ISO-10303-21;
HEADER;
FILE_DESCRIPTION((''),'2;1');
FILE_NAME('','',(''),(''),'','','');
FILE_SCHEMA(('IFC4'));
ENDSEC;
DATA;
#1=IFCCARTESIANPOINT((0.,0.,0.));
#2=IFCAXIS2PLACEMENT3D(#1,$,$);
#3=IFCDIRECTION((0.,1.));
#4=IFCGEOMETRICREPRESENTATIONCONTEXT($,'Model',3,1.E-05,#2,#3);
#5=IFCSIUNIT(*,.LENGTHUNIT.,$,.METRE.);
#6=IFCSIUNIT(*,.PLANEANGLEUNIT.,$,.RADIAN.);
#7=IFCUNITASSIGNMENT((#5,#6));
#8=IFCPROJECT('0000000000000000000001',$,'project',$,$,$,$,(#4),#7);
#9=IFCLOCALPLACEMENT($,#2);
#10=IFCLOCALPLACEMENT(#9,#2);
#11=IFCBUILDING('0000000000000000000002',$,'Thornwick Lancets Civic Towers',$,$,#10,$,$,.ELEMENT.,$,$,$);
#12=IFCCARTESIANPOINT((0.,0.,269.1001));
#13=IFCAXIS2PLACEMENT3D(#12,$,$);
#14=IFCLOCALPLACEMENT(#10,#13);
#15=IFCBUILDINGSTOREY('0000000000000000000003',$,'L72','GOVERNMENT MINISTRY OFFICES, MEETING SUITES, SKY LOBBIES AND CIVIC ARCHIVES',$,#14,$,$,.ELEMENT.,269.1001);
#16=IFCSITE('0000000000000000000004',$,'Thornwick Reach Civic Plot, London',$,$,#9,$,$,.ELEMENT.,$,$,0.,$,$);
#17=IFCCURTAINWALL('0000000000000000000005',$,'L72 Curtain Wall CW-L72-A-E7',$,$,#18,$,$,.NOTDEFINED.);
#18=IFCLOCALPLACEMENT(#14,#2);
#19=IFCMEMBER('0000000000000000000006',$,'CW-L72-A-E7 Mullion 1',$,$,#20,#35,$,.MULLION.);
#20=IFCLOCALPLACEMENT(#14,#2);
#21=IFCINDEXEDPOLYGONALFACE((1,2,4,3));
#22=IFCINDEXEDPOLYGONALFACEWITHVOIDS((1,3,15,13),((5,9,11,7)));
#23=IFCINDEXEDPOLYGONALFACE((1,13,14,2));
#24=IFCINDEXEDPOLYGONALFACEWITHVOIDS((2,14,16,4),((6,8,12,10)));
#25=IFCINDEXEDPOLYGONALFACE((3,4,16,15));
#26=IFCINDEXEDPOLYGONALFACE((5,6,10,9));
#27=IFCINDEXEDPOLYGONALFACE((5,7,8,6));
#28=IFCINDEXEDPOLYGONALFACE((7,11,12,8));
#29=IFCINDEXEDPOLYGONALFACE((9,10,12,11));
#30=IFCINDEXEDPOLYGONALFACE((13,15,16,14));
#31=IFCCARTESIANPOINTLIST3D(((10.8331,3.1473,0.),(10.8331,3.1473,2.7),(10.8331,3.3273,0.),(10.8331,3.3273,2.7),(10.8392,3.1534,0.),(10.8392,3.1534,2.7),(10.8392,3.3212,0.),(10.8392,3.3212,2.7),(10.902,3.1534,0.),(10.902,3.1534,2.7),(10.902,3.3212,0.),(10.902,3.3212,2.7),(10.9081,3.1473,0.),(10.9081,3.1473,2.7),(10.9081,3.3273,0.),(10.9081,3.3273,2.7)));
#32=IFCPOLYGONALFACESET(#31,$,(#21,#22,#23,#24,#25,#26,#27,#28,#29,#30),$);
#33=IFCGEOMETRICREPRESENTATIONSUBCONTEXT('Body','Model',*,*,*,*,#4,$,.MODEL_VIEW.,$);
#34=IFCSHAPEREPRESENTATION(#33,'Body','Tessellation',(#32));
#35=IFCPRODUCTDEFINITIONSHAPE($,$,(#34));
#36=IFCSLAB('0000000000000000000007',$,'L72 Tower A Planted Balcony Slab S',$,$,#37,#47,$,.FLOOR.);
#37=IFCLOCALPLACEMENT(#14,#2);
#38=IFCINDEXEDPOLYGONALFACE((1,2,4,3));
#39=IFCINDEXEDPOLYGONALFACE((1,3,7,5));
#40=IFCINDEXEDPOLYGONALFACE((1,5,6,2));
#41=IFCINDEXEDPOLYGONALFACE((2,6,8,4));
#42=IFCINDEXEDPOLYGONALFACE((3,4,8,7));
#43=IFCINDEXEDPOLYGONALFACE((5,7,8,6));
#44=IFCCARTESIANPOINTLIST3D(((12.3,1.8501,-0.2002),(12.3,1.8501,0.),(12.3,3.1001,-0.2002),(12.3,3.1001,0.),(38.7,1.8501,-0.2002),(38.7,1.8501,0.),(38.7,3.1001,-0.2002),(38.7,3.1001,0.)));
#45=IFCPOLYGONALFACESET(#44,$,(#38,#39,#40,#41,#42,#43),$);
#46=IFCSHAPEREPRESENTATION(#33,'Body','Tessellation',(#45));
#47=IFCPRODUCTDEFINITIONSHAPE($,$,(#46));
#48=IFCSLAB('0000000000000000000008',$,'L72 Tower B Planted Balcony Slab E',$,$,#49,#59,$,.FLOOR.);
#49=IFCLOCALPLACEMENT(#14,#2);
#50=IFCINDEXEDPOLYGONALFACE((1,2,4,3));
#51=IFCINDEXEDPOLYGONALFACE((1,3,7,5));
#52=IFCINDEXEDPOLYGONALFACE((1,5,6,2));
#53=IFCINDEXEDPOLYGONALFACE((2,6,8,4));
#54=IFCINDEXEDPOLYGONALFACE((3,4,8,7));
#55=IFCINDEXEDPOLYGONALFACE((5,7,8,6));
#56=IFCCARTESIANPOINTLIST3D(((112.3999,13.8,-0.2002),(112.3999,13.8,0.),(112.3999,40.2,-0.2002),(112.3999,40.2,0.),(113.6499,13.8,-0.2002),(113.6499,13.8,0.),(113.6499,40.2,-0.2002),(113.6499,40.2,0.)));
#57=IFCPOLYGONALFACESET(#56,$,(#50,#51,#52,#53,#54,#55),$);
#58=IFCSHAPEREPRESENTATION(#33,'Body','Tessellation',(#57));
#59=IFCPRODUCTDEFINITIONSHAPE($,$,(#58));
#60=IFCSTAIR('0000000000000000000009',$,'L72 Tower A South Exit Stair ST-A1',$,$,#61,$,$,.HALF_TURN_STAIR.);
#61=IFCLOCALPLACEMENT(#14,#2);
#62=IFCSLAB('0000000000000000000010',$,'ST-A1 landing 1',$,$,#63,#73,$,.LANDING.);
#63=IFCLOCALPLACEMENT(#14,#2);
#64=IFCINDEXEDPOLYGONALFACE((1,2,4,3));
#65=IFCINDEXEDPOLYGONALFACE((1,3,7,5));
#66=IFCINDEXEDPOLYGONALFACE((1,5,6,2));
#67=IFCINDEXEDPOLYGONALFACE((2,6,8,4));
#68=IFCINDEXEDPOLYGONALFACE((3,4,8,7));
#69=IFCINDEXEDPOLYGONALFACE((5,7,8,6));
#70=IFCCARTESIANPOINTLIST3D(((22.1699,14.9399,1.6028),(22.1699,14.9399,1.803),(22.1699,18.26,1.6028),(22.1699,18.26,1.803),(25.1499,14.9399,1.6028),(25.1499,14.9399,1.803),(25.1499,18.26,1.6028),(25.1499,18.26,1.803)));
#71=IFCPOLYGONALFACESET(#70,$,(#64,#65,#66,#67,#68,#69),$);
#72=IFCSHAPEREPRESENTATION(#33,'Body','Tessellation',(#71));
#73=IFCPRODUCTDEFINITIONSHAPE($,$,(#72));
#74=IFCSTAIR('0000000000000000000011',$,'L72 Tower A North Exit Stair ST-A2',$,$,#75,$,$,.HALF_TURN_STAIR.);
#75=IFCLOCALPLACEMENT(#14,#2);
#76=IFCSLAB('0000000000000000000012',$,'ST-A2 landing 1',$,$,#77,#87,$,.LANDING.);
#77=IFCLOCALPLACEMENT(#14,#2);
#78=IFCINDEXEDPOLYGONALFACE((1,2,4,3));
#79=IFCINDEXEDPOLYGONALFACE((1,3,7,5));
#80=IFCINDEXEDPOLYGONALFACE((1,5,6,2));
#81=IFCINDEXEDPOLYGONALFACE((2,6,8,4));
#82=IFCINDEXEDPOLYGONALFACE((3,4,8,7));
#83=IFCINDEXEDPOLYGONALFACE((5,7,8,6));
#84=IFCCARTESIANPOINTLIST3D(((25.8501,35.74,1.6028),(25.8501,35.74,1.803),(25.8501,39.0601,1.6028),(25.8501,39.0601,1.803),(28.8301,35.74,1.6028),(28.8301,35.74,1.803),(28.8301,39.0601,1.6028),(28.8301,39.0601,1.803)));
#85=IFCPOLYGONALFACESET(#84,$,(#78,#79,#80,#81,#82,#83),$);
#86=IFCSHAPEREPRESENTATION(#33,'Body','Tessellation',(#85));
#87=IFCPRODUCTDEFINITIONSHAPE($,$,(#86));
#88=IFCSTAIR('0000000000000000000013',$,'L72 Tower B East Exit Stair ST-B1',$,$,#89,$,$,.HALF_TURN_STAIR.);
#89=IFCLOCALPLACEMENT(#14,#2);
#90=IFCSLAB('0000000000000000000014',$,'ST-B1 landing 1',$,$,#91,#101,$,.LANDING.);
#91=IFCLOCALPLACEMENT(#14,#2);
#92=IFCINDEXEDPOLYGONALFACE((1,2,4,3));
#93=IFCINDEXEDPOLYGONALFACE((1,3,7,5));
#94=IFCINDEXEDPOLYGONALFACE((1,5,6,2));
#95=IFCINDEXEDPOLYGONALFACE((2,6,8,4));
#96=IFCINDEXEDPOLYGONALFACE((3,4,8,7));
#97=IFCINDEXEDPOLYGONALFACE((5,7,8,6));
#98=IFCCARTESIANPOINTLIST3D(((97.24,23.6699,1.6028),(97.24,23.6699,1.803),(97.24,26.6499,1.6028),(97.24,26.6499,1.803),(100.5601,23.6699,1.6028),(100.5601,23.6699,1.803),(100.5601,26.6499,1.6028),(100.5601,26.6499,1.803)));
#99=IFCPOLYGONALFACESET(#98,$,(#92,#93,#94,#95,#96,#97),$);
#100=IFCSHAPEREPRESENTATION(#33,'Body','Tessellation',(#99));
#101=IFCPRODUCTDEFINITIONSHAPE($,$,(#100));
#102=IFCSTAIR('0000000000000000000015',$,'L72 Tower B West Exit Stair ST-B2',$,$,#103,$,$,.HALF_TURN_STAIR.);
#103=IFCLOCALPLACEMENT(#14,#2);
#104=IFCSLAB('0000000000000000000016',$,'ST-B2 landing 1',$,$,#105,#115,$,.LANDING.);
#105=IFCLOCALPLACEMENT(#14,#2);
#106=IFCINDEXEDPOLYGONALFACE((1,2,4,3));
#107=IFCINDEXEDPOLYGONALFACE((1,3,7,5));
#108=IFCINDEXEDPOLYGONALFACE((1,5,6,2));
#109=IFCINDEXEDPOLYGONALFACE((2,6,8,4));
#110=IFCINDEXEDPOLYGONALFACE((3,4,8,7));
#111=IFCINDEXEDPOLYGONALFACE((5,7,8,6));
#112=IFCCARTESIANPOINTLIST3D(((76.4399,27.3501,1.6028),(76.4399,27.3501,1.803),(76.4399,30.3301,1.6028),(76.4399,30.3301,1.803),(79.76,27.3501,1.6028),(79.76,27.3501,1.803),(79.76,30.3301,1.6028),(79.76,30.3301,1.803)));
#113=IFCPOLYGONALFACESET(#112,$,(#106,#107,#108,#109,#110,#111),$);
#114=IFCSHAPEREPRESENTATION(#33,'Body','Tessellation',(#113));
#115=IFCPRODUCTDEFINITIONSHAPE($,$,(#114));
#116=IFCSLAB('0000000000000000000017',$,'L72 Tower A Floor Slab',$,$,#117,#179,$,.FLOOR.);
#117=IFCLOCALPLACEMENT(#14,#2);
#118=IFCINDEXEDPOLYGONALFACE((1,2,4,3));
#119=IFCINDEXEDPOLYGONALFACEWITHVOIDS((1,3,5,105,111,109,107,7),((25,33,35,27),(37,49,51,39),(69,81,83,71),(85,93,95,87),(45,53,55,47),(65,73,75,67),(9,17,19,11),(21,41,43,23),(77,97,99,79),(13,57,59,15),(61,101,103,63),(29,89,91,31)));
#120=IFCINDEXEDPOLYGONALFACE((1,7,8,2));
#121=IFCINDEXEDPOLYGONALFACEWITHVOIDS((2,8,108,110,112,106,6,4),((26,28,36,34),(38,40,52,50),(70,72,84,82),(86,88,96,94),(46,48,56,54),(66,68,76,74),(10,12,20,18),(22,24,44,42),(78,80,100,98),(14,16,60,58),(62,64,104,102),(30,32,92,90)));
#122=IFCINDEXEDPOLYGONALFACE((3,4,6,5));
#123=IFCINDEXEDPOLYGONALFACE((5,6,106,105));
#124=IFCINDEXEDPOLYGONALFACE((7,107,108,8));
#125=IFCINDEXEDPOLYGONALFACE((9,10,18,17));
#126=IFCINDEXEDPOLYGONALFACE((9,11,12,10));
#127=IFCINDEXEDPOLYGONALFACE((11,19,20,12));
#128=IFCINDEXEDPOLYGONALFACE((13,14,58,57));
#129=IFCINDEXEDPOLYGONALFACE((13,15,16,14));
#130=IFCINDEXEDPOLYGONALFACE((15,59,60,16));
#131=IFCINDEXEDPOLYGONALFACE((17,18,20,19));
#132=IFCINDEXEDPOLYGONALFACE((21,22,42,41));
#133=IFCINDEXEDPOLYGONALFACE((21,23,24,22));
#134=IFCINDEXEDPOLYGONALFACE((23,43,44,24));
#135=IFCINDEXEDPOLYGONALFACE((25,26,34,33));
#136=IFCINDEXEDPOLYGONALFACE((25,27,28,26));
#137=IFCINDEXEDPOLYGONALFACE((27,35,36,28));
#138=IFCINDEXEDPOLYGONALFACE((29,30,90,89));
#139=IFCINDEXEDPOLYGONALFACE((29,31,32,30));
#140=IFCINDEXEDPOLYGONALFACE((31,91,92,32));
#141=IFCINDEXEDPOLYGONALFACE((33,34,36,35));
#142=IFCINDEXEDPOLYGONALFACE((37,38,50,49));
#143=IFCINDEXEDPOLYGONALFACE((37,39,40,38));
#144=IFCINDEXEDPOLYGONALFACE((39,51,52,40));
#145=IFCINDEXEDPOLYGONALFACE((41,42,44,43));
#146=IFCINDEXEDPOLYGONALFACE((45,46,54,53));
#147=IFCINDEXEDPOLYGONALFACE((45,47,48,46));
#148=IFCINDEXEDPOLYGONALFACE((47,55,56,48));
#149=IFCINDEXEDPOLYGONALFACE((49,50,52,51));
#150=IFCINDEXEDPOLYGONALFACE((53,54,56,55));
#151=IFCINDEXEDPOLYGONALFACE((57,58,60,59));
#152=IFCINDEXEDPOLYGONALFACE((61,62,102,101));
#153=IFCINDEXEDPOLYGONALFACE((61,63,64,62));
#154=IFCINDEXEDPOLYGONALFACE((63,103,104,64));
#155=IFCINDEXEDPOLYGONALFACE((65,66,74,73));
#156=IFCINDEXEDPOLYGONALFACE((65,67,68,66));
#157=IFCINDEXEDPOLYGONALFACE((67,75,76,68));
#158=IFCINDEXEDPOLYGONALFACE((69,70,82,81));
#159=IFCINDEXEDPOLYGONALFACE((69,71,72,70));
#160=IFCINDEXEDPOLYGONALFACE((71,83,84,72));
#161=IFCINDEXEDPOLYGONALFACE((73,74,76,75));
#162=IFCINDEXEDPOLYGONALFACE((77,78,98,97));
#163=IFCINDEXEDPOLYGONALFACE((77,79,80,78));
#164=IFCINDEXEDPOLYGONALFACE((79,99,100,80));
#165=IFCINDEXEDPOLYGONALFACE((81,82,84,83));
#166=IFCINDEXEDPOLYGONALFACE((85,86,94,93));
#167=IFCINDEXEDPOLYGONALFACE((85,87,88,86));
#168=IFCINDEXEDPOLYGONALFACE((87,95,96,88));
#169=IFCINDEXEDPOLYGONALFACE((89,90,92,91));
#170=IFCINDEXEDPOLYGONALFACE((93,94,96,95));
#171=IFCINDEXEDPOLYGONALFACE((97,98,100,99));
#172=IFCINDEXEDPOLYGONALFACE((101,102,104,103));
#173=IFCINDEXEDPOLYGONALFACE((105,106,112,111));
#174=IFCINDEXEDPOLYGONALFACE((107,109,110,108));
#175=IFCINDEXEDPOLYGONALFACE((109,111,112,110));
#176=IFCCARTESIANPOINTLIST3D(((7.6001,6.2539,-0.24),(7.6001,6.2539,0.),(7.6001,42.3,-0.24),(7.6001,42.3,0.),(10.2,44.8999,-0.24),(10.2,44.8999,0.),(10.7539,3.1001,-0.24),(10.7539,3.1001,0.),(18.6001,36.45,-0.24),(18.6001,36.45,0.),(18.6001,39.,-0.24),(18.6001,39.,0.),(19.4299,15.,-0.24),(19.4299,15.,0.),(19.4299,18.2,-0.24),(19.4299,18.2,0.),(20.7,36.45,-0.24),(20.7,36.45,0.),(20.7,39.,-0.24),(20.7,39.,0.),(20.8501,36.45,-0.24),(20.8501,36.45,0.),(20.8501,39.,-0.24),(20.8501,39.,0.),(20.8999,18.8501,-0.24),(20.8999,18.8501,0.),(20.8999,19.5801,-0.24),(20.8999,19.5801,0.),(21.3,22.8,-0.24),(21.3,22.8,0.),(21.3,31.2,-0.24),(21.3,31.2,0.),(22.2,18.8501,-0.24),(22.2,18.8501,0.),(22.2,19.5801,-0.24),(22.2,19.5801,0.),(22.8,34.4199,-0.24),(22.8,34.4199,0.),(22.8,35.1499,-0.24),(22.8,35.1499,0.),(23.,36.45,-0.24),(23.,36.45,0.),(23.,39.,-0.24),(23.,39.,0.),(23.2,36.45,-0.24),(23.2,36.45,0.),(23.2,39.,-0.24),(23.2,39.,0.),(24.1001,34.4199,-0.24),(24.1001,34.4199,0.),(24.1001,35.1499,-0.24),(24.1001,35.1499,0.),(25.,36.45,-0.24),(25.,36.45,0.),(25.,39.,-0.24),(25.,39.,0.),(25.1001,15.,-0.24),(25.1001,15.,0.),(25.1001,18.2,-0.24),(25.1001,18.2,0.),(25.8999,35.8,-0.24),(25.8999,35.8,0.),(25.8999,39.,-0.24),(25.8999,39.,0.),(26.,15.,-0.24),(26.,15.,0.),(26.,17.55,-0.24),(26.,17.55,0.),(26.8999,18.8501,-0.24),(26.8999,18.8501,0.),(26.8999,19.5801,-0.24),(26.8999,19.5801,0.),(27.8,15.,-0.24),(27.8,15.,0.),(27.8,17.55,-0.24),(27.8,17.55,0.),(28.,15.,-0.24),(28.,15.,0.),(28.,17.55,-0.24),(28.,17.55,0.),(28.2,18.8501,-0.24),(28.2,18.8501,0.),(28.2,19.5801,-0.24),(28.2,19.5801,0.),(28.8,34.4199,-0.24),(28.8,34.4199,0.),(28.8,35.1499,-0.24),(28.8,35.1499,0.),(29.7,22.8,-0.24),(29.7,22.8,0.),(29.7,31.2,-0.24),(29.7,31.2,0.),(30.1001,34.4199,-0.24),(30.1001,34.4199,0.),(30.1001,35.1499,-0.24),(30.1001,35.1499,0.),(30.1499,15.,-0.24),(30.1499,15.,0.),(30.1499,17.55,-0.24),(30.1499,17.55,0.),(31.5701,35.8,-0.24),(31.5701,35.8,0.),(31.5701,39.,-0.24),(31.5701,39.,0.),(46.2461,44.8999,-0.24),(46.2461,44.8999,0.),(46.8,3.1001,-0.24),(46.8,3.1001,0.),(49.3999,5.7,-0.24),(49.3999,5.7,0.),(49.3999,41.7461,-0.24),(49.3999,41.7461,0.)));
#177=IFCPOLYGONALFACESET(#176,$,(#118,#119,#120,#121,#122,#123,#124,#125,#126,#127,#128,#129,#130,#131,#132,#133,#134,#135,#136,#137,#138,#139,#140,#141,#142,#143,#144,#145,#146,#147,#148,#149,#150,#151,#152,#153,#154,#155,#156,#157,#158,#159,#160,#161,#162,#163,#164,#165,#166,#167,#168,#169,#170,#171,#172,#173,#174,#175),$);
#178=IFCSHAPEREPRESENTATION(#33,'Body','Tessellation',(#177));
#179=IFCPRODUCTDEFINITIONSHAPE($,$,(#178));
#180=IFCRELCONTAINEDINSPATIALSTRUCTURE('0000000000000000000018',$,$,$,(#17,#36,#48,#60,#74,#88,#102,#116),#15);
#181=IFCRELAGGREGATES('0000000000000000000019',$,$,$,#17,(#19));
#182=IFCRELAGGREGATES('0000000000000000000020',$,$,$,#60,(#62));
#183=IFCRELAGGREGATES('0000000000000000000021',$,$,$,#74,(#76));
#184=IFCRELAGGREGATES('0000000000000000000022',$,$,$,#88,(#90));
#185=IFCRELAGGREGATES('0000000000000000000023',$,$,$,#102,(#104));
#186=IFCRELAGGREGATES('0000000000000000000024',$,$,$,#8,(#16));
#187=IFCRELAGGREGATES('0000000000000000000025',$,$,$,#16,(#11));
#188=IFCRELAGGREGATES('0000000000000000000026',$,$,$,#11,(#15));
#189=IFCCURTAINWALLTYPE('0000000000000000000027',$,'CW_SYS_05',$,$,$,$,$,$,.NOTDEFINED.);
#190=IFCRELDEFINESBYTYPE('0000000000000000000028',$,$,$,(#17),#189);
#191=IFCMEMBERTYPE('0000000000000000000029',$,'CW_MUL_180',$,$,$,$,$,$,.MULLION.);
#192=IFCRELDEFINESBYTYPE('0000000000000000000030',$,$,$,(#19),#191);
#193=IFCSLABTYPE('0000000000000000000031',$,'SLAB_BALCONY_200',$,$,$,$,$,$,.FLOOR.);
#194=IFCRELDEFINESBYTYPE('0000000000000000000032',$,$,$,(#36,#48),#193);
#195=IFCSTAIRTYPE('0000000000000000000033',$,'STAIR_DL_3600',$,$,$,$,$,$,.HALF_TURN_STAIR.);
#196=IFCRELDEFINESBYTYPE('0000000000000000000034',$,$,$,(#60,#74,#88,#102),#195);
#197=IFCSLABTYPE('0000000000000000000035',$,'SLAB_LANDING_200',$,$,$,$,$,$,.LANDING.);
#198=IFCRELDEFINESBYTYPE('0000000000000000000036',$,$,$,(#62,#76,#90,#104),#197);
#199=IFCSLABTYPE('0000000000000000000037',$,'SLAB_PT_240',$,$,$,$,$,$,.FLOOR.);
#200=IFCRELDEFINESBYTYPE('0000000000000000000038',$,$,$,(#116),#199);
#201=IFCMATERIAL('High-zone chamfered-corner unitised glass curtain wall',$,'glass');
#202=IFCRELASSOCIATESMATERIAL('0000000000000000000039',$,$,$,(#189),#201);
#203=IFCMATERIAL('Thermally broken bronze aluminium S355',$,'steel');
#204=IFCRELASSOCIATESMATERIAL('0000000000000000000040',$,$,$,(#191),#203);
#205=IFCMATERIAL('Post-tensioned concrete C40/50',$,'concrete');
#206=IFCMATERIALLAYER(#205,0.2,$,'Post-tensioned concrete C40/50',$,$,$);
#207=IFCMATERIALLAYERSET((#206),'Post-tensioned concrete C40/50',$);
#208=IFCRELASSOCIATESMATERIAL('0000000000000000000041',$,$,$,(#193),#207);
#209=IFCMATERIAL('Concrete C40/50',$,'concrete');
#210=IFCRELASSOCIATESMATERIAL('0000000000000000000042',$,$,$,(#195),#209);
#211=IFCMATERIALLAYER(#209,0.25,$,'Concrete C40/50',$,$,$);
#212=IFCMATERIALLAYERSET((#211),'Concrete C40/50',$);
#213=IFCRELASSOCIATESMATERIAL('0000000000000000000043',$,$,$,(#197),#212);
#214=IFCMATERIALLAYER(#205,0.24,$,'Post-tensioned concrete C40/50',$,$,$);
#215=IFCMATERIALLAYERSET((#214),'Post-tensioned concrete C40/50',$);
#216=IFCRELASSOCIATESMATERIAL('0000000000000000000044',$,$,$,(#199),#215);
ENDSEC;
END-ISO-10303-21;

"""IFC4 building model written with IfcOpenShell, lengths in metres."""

from ifc_helpers import new_model, si_unit, direction, frame, origin, origin_2d, place, context, subcontext, project, spatial, polyline, hollow_rectangle, outline, extrude, material, layer, layer_set, material_profile, profile_set, type_object, element, aggregate, save


model = new_model("IFC4")

# Units and contexts
model_context = context("Model", 3, precision=1e-05, world=origin(), true_north=direction((0.0, 1.0)))
body_context = subcontext(model_context, "Body", "Model", "MODEL_VIEW")
ifc_project = project(units=[si_unit("LENGTHUNIT", "METRE"), si_unit("PLANEANGLEUNIT", "RADIAN")], contexts=[model_context])

# Site, building, storey
site_placement = place(None, origin())
site = spatial("IfcSite", under=ifc_project, at=site_placement, Name="Thornwick Reach Civic Plot, London", CompositionType="ELEMENT", RefElevation=0.0)
building_placement = place(site_placement, origin())
building = spatial("IfcBuilding", under=site, at=building_placement, Name="Thornwick Lancets Civic Towers", CompositionType="ELEMENT")
storey_placement = place(building_placement, frame((0.0, 0.0, 269.1001)))
storey = spatial("IfcBuildingStorey", under=building, at=storey_placement, Name="L72", Description="GOVERNMENT MINISTRY OFFICES, MEETING SUITES, SKY LOBBIES AND CIVIC ARCHIVES", CompositionType="ELEMENT", Elevation=269.1001)

# Curtain wall, member
ifc_material_1 = material(Name="High-zone chamfered-corner unitised glass curtain wall", Category="glass")
curtain_wall_type = type_object("IfcCurtainWallType", Name="CW_SYS_05", PredefinedType="NOTDEFINED", material=ifc_material_1)
curtain_wall_placement = place(storey_placement, origin())
curtain_wall = element("IfcCurtainWall", 1, at=curtain_wall_placement, inside=storey, type_object=curtain_wall_type, Name="L72 Curtain Wall CW-L72-A-E7", PredefinedType="NOTDEFINED")
ifc_material_2 = material(Name="Thermally broken bronze aluminium S355", Category="steel")
ifc_material_profile = material_profile(ifc_material_2, hollow_rectangle(XDim=0.075, YDim=0.1799, WallThickness=0.0061, at=origin_2d()), Name="RHS 180x75x6")
ifc_profile_set = profile_set([ifc_material_profile], Name="Thermally broken bronze aluminium S355")
member_type = type_object("IfcMemberType", Name="CW_MUL_180", PredefinedType="MULLION", material=ifc_profile_set)
member_placement = place(storey_placement, frame((10.8706, 3.2373, 0.0), z_axis=(0.0, 0.0, 1.0), x_axis=(1.0, 0.0, 0.0)))
member = element("IfcMember", 2, at=member_placement, type_object=member_type, Name="CW-L72-A-E7 Mullion 1", PredefinedType="MULLION", context=body_context, shape_type="SweptSolid", body=[
    extrude(hollow_rectangle(XDim=0.075, YDim=0.1799, WallThickness=0.0061, at=origin_2d()), origin(), (0.0, 0.0, 1.0), 2.7),
])
aggregate(curtain_wall, [member])

# Slabs
ifc_material_3 = material(Name="Post-tensioned concrete C40/50", Category="concrete")
ifc_layer_1 = layer(ifc_material_3, 0.2, Name="Post-tensioned concrete C40/50")
ifc_layer_set_1 = layer_set([ifc_layer_1], Name="Post-tensioned concrete C40/50")
slab_type_1 = type_object("IfcSlabType", Name="SLAB_BALCONY_200", PredefinedType="FLOOR", material=ifc_layer_set_1)
slab_1_placement = place(storey_placement, frame((0.0, 0.0, -0.2002)))
element("IfcSlab", 3, at=slab_1_placement, inside=storey, type_object=slab_type_1, Name="L72 Tower A Planted Balcony Slab S", PredefinedType="FLOOR", context=body_context, shape_type="SweptSolid", body=[
    extrude(outline(polyline([(12.3, 1.8501), (38.7, 1.8501), (38.7, 3.1001), (12.3, 3.1001), (12.3, 1.8501)])), origin(), (0.0, 0.0, 1.0), 0.2002),
])
slab_2_placement = place(storey_placement, frame((0.0, 0.0, -0.2002)))
element("IfcSlab", 4, at=slab_2_placement, inside=storey, type_object=slab_type_1, Name="L72 Tower B Planted Balcony Slab E", PredefinedType="FLOOR", context=body_context, shape_type="SweptSolid", body=[
    extrude(outline(polyline([(112.3999, 13.8), (113.6499, 13.8), (113.6499, 40.2), (112.3999, 40.2), (112.3999, 13.8)])), origin(), (0.0, 0.0, 1.0), 0.2002),
])

# Stairs, slabs
ifc_material_4 = material(Name="Concrete C40/50", Category="concrete")
stair_type = type_object("IfcStairType", Name="STAIR_DL_3600", PredefinedType="HALF_TURN_STAIR", material=ifc_material_4)
stair_1_placement = place(storey_placement, origin())
stair_1 = element("IfcStair", 5, at=stair_1_placement, inside=storey, type_object=stair_type, Name="L72 Tower A South Exit Stair ST-A1", PredefinedType="HALF_TURN_STAIR")
ifc_layer_2 = layer(ifc_material_4, 0.25, Name="Concrete C40/50")
ifc_layer_set_2 = layer_set([ifc_layer_2], Name="Concrete C40/50")
slab_type_2 = type_object("IfcSlabType", Name="SLAB_LANDING_200", PredefinedType="LANDING", material=ifc_layer_set_2)
slab_3_placement = place(storey_placement, frame((0.0, 0.0, 1.6028)))
slab_3 = element("IfcSlab", 6, at=slab_3_placement, type_object=slab_type_2, Name="ST-A1 landing 1", PredefinedType="LANDING", context=body_context, shape_type="SweptSolid", body=[
    extrude(outline(polyline([(22.1699, 14.9399), (25.1499, 14.9399), (25.1499, 18.26), (22.1699, 18.26), (22.1699, 14.9399)])), origin(), (0.0, 0.0, 1.0), 0.2002),
])
aggregate(stair_1, [slab_3])
stair_2_placement = place(storey_placement, origin())
stair_2 = element("IfcStair", 7, at=stair_2_placement, inside=storey, type_object=stair_type, Name="L72 Tower A North Exit Stair ST-A2", PredefinedType="HALF_TURN_STAIR")
slab_4_placement = place(storey_placement, frame((0.0, 0.0, 1.6028)))
slab_4 = element("IfcSlab", 8, at=slab_4_placement, type_object=slab_type_2, Name="ST-A2 landing 1", PredefinedType="LANDING", context=body_context, shape_type="SweptSolid", body=[
    extrude(outline(polyline([(28.8301, 39.0601), (25.8501, 39.0601), (25.8501, 35.74), (28.8301, 35.74), (28.8301, 39.0601)])), origin(), (0.0, 0.0, 1.0), 0.2002),
])
aggregate(stair_2, [slab_4])
stair_3_placement = place(storey_placement, origin())
stair_3 = element("IfcStair", 9, at=stair_3_placement, inside=storey, type_object=stair_type, Name="L72 Tower B East Exit Stair ST-B1", PredefinedType="HALF_TURN_STAIR")
slab_5_placement = place(storey_placement, frame((0.0, 0.0, 1.6028)))
slab_5 = element("IfcSlab", 10, at=slab_5_placement, type_object=slab_type_2, Name="ST-B1 landing 1", PredefinedType="LANDING", context=body_context, shape_type="SweptSolid", body=[
    extrude(outline(polyline([(100.5601, 23.6699), (100.5601, 26.6499), (97.24, 26.6499), (97.24, 23.6699), (100.5601, 23.6699)])), origin(), (0.0, 0.0, 1.0), 0.2002),
])
aggregate(stair_3, [slab_5])
stair_4_placement = place(storey_placement, origin())
stair_4 = element("IfcStair", 11, at=stair_4_placement, inside=storey, type_object=stair_type, Name="L72 Tower B West Exit Stair ST-B2", PredefinedType="HALF_TURN_STAIR")
slab_6_placement = place(storey_placement, frame((0.0, 0.0, 1.6028)))
slab_6 = element("IfcSlab", 12, at=slab_6_placement, type_object=slab_type_2, Name="ST-B2 landing 1", PredefinedType="LANDING", context=body_context, shape_type="SweptSolid", body=[
    extrude(outline(polyline([(76.4399, 30.3301), (76.4399, 27.3501), (79.76, 27.3501), (79.76, 30.3301), (76.4399, 30.3301)])), origin(), (0.0, 0.0, 1.0), 0.2002),
])
aggregate(stair_4, [slab_6])

# Slab
ifc_layer_3 = layer(ifc_material_3, 0.24, Name="Post-tensioned concrete C40/50")
ifc_layer_set_3 = layer_set([ifc_layer_3], Name="Post-tensioned concrete C40/50")
slab_type_3 = type_object("IfcSlabType", Name="SLAB_PT_240", PredefinedType="FLOOR", material=ifc_layer_set_3)
slab_7_placement = place(storey_placement, frame((0.0, 0.0, -0.24)))
element("IfcSlab", 13, at=slab_7_placement, inside=storey, type_object=slab_type_3, Name="L72 Tower A Floor Slab", PredefinedType="FLOOR", context=body_context, shape_type="SweptSolid", body=[
    extrude(outline(polyline([(10.7539, 3.1001), (46.8, 3.1001), (49.3999, 5.7), (49.3999, 41.7461), (46.2461, 44.8999), (10.2, 44.8999), (7.6001, 42.3), (7.6001, 6.2539), (10.7539, 3.1001)]), holes=[polyline([(21.3, 22.8), (29.7, 22.8), (29.7, 31.2), (21.3, 31.2), (21.3, 22.8)]), polyline([(19.4299, 15.0), (25.1001, 15.0), (25.1001, 18.2), (19.4299, 18.2), (19.4299, 15.0)]), polyline([(31.5701, 39.0), (25.8999, 39.0), (25.8999, 35.8), (31.5701, 35.8), (31.5701, 39.0)]), polyline([(26.0, 15.0), (27.8, 15.0), (27.8, 17.55), (26.0, 17.55), (26.0, 15.0)]), polyline([(28.0, 15.0), (30.1499, 15.0), (30.1499, 17.55), (28.0, 17.55), (28.0, 15.0)]), polyline([(23.2, 36.45), (25.0, 36.45), (25.0, 39.0), (23.2, 39.0), (23.2, 36.45)]), polyline([(20.8501, 36.45), (23.0, 36.45), (23.0, 39.0), (20.8501, 39.0), (20.8501, 36.45)]), polyline([(18.6001, 36.45), (20.7, 36.45), (20.7, 39.0), (18.6001, 39.0), (18.6001, 36.45)]), polyline([(26.8999, 18.8501), (28.2, 18.8501), (28.2, 19.5801), (26.8999, 19.5801), (26.8999, 18.8501)]), polyline([(20.8999, 18.8501), (22.2, 18.8501), (22.2, 19.5801), (20.8999, 19.5801), (20.8999, 18.8501)]), polyline([(22.8, 34.4199), (24.1001, 34.4199), (24.1001, 35.1499), (22.8, 35.1499), (22.8, 34.4199)]), polyline([(28.8, 34.4199), (30.1001, 34.4199), (30.1001, 35.1499), (28.8, 35.1499), (28.8, 34.4199)])]), origin(), (0.0, 0.0, 1.0), 0.24),
])

save(model, "model.ifc")
